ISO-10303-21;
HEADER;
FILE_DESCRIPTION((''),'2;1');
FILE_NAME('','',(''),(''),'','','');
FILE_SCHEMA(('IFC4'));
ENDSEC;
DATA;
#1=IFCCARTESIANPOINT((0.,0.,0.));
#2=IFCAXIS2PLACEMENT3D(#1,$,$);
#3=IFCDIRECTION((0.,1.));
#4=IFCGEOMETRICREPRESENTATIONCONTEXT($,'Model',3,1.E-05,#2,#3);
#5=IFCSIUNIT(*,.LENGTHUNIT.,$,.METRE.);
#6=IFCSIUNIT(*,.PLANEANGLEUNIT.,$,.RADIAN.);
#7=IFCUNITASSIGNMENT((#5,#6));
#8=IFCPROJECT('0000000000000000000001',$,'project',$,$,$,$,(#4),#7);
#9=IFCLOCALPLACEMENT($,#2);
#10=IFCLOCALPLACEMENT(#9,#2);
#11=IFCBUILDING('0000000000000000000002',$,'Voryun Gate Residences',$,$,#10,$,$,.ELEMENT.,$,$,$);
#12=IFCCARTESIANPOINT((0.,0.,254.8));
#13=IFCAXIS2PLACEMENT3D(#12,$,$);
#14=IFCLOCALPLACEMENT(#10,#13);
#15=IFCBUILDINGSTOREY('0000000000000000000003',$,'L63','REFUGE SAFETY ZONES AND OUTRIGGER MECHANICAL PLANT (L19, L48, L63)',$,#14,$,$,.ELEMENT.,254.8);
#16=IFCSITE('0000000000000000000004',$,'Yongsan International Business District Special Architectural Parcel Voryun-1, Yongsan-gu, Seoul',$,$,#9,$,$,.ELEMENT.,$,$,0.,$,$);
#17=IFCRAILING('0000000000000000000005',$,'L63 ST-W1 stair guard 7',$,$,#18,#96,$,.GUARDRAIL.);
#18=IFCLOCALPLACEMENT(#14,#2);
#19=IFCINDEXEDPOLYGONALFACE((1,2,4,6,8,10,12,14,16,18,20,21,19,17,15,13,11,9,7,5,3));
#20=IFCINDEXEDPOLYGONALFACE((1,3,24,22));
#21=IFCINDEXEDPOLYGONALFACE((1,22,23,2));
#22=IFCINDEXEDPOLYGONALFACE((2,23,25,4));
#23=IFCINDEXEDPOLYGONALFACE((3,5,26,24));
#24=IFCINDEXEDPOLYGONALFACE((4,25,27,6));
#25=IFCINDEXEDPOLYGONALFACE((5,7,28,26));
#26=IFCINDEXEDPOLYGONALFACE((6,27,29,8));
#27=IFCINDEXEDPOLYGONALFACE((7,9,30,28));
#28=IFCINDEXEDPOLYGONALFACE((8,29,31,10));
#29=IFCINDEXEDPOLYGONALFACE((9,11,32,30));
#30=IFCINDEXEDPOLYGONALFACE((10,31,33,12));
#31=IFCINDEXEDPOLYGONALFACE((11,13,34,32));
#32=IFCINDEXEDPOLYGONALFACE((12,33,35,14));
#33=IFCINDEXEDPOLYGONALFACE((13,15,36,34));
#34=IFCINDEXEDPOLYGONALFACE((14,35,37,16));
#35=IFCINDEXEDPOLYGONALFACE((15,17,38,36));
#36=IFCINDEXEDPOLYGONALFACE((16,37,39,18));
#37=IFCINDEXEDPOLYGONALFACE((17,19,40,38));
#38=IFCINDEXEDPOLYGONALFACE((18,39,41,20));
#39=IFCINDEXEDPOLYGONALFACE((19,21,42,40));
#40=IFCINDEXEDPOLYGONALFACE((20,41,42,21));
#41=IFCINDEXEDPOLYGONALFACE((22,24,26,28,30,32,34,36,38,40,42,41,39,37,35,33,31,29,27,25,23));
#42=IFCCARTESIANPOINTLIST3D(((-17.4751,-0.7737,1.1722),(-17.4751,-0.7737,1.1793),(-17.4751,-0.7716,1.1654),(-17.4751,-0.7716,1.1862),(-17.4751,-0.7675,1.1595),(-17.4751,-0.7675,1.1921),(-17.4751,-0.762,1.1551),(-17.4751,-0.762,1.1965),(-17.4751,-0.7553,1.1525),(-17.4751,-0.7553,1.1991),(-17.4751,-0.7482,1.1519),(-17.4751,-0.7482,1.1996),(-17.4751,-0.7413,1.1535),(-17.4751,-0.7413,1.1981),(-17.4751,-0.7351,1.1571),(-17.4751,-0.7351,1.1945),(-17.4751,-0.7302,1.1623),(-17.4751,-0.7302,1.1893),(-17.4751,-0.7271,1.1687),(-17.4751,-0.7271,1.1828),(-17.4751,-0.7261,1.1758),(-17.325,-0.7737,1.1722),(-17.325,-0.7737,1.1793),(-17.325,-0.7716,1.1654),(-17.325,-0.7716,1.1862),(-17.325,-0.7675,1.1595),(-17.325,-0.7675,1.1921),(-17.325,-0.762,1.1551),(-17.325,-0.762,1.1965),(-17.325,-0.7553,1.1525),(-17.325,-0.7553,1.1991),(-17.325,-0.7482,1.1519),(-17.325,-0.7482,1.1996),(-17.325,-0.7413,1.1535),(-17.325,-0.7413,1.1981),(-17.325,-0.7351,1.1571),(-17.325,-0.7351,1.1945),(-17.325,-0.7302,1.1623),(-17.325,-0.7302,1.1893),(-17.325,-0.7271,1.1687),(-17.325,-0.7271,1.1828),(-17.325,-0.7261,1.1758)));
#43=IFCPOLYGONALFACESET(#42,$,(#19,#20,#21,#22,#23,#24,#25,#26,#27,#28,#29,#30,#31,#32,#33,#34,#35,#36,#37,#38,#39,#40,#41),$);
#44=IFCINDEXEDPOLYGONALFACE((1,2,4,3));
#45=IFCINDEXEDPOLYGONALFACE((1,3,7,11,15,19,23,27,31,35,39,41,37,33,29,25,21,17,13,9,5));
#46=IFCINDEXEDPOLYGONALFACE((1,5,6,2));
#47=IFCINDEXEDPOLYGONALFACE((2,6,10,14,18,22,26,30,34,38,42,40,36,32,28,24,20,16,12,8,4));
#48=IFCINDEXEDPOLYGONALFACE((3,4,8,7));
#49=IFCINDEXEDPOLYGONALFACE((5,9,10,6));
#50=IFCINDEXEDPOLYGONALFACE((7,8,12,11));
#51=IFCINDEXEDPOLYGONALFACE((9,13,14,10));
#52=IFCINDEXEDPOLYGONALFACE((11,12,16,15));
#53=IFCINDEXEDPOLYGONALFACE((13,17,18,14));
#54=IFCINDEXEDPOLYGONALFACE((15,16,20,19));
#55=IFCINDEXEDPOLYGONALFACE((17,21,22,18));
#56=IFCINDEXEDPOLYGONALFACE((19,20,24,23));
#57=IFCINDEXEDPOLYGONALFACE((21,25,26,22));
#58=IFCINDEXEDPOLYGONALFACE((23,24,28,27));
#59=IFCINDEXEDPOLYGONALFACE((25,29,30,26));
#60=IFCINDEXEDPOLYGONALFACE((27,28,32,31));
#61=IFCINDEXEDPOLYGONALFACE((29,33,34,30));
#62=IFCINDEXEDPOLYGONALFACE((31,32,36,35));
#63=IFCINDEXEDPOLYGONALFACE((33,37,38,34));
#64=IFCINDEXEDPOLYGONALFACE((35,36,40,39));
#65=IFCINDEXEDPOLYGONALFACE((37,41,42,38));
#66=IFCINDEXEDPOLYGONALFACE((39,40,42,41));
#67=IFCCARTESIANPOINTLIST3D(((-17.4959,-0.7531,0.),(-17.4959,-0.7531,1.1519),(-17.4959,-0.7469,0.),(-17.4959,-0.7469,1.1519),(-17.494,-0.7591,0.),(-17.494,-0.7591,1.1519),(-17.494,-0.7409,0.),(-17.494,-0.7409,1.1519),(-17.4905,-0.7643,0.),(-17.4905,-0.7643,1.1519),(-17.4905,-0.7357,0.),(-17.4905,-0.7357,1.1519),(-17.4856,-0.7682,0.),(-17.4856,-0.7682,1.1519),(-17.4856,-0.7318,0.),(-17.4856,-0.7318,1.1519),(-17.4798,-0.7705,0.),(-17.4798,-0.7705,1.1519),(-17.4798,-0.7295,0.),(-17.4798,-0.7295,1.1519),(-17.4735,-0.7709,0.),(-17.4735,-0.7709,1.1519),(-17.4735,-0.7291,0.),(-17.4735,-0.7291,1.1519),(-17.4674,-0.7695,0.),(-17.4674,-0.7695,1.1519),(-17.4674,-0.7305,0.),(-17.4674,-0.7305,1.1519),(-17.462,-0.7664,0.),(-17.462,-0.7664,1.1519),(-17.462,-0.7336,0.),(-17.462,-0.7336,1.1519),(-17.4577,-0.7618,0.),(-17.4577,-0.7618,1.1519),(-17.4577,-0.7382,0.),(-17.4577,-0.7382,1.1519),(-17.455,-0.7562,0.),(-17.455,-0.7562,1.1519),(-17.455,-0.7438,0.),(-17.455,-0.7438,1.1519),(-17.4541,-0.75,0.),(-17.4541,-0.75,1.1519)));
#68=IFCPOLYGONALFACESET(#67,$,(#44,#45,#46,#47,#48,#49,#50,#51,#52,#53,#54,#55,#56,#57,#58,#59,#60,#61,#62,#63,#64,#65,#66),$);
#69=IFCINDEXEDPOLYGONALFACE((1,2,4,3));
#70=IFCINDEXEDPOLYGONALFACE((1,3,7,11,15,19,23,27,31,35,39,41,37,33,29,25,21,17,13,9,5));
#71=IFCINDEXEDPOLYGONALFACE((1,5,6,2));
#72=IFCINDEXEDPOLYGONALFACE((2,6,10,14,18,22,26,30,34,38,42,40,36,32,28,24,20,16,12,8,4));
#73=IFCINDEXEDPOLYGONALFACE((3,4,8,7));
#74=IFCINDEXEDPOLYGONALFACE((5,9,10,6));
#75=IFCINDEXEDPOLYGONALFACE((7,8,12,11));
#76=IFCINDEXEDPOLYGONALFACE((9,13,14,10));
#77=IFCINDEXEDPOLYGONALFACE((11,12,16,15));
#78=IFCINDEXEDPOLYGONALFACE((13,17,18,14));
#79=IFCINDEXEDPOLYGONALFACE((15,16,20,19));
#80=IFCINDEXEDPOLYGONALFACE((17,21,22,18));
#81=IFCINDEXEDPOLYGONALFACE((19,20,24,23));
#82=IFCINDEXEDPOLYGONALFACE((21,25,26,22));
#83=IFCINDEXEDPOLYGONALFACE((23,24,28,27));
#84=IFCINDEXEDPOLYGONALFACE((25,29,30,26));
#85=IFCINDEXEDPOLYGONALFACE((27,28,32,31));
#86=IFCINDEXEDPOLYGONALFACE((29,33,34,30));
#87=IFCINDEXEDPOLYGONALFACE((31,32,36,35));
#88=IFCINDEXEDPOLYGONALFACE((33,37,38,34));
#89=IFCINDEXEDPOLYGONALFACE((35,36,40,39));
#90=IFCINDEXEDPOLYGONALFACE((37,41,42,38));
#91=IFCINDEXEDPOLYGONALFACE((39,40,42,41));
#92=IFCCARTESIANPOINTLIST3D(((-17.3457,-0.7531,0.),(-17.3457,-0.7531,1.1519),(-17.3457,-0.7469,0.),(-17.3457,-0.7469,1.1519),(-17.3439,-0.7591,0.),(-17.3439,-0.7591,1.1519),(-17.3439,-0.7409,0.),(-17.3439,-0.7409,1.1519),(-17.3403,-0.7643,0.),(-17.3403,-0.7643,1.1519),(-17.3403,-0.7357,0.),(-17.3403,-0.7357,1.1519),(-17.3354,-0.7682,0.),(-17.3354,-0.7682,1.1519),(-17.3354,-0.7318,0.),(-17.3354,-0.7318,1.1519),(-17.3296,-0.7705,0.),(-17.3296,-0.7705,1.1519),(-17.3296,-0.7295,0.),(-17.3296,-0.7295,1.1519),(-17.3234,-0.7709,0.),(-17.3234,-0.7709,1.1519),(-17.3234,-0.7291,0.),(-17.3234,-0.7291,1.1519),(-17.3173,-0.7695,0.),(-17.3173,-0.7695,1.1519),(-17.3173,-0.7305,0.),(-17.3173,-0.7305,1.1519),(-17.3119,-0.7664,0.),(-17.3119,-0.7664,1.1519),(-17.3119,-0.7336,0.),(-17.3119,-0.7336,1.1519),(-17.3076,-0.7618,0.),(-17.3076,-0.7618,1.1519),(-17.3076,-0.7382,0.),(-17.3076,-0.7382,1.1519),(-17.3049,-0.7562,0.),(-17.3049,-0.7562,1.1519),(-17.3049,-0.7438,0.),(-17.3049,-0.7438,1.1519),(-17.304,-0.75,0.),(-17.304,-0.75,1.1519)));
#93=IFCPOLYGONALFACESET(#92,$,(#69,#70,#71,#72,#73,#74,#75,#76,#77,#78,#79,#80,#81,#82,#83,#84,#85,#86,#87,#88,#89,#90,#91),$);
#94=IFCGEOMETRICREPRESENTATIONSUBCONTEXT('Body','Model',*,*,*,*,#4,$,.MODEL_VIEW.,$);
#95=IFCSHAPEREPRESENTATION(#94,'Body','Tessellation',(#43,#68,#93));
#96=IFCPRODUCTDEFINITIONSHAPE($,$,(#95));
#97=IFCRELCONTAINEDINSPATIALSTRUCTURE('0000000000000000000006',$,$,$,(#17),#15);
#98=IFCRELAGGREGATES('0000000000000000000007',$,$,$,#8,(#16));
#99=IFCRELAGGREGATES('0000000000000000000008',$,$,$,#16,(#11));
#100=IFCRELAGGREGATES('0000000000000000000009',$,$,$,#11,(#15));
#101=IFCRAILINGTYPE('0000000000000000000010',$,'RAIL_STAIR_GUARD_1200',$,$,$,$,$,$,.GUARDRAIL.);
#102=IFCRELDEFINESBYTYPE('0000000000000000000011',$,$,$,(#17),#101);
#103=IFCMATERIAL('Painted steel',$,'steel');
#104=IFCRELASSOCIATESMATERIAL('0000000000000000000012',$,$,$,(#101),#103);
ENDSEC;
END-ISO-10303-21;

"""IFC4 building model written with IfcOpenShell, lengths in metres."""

from ifc_helpers import new_model, si_unit, direction, frame, origin, origin_2d, place, context, subcontext, project, spatial, circle, extrude, material, type_object, element, save


model = new_model("IFC4")

# Units and contexts
model_context = context("Model", 3, precision=1e-05, world=origin(), true_north=direction((0.0, 1.0)))
body_context = subcontext(model_context, "Body", "Model", "MODEL_VIEW")
ifc_project = project(units=[si_unit("LENGTHUNIT", "METRE"), si_unit("PLANEANGLEUNIT", "RADIAN")], contexts=[model_context])

# Site, building, storey
site_placement = place(None, origin())
site = spatial("IfcSite", under=ifc_project, at=site_placement, Name="Yongsan International Business District Special Architectural Parcel Voryun-1, Yongsan-gu, Seoul", CompositionType="ELEMENT", RefElevation=0.0)
building_placement = place(site_placement, origin())
building = spatial("IfcBuilding", under=site, at=building_placement, Name="Voryun Gate Residences", CompositionType="ELEMENT")
storey_placement = place(building_placement, frame((0.0, 0.0, 254.8)))
storey = spatial("IfcBuildingStorey", under=building, at=storey_placement, Name="L63", Description="REFUGE SAFETY ZONES AND OUTRIGGER MECHANICAL PLANT (L19, L48, L63)", CompositionType="ELEMENT", Elevation=254.8)

# Railing
ifc_material_1 = material(Name="Painted steel", Category="steel")
railing_type_1 = type_object("IfcRailingType", Name="RAIL_STAIR_GUARD_1200", PredefinedType="GUARDRAIL", material=ifc_material_1)
railing_1_placement = place(storey_placement, frame((-17.4751, -0.75, 0.0)))
element("IfcRailing", 1, at=railing_1_placement, inside=storey, type_object=railing_type_1, Name="L63 ST-W1 stair guard 7", PredefinedType="GUARDRAIL", context=body_context, shape_type="SweptSolid", body=[
    extrude(circle(Radius=0.0239, at=origin_2d()), frame((0.0, 0.0, 1.1758), z_axis=(1.0, 0.0, 0.0), x_axis=(0.0, 1.0, 0.0)), (0.0, 0.0, 1.0), 0.1501),
    extrude(circle(Radius=0.021, at=origin_2d()), origin(), (0.0, 0.0, 1.0), 1.1519),
    extrude(circle(Radius=0.021, at=origin_2d()), frame((0.1501, 0.0, 0.0)), (0.0, 0.0, 1.0), 1.1519),
])

save(model, "model.ifc")
